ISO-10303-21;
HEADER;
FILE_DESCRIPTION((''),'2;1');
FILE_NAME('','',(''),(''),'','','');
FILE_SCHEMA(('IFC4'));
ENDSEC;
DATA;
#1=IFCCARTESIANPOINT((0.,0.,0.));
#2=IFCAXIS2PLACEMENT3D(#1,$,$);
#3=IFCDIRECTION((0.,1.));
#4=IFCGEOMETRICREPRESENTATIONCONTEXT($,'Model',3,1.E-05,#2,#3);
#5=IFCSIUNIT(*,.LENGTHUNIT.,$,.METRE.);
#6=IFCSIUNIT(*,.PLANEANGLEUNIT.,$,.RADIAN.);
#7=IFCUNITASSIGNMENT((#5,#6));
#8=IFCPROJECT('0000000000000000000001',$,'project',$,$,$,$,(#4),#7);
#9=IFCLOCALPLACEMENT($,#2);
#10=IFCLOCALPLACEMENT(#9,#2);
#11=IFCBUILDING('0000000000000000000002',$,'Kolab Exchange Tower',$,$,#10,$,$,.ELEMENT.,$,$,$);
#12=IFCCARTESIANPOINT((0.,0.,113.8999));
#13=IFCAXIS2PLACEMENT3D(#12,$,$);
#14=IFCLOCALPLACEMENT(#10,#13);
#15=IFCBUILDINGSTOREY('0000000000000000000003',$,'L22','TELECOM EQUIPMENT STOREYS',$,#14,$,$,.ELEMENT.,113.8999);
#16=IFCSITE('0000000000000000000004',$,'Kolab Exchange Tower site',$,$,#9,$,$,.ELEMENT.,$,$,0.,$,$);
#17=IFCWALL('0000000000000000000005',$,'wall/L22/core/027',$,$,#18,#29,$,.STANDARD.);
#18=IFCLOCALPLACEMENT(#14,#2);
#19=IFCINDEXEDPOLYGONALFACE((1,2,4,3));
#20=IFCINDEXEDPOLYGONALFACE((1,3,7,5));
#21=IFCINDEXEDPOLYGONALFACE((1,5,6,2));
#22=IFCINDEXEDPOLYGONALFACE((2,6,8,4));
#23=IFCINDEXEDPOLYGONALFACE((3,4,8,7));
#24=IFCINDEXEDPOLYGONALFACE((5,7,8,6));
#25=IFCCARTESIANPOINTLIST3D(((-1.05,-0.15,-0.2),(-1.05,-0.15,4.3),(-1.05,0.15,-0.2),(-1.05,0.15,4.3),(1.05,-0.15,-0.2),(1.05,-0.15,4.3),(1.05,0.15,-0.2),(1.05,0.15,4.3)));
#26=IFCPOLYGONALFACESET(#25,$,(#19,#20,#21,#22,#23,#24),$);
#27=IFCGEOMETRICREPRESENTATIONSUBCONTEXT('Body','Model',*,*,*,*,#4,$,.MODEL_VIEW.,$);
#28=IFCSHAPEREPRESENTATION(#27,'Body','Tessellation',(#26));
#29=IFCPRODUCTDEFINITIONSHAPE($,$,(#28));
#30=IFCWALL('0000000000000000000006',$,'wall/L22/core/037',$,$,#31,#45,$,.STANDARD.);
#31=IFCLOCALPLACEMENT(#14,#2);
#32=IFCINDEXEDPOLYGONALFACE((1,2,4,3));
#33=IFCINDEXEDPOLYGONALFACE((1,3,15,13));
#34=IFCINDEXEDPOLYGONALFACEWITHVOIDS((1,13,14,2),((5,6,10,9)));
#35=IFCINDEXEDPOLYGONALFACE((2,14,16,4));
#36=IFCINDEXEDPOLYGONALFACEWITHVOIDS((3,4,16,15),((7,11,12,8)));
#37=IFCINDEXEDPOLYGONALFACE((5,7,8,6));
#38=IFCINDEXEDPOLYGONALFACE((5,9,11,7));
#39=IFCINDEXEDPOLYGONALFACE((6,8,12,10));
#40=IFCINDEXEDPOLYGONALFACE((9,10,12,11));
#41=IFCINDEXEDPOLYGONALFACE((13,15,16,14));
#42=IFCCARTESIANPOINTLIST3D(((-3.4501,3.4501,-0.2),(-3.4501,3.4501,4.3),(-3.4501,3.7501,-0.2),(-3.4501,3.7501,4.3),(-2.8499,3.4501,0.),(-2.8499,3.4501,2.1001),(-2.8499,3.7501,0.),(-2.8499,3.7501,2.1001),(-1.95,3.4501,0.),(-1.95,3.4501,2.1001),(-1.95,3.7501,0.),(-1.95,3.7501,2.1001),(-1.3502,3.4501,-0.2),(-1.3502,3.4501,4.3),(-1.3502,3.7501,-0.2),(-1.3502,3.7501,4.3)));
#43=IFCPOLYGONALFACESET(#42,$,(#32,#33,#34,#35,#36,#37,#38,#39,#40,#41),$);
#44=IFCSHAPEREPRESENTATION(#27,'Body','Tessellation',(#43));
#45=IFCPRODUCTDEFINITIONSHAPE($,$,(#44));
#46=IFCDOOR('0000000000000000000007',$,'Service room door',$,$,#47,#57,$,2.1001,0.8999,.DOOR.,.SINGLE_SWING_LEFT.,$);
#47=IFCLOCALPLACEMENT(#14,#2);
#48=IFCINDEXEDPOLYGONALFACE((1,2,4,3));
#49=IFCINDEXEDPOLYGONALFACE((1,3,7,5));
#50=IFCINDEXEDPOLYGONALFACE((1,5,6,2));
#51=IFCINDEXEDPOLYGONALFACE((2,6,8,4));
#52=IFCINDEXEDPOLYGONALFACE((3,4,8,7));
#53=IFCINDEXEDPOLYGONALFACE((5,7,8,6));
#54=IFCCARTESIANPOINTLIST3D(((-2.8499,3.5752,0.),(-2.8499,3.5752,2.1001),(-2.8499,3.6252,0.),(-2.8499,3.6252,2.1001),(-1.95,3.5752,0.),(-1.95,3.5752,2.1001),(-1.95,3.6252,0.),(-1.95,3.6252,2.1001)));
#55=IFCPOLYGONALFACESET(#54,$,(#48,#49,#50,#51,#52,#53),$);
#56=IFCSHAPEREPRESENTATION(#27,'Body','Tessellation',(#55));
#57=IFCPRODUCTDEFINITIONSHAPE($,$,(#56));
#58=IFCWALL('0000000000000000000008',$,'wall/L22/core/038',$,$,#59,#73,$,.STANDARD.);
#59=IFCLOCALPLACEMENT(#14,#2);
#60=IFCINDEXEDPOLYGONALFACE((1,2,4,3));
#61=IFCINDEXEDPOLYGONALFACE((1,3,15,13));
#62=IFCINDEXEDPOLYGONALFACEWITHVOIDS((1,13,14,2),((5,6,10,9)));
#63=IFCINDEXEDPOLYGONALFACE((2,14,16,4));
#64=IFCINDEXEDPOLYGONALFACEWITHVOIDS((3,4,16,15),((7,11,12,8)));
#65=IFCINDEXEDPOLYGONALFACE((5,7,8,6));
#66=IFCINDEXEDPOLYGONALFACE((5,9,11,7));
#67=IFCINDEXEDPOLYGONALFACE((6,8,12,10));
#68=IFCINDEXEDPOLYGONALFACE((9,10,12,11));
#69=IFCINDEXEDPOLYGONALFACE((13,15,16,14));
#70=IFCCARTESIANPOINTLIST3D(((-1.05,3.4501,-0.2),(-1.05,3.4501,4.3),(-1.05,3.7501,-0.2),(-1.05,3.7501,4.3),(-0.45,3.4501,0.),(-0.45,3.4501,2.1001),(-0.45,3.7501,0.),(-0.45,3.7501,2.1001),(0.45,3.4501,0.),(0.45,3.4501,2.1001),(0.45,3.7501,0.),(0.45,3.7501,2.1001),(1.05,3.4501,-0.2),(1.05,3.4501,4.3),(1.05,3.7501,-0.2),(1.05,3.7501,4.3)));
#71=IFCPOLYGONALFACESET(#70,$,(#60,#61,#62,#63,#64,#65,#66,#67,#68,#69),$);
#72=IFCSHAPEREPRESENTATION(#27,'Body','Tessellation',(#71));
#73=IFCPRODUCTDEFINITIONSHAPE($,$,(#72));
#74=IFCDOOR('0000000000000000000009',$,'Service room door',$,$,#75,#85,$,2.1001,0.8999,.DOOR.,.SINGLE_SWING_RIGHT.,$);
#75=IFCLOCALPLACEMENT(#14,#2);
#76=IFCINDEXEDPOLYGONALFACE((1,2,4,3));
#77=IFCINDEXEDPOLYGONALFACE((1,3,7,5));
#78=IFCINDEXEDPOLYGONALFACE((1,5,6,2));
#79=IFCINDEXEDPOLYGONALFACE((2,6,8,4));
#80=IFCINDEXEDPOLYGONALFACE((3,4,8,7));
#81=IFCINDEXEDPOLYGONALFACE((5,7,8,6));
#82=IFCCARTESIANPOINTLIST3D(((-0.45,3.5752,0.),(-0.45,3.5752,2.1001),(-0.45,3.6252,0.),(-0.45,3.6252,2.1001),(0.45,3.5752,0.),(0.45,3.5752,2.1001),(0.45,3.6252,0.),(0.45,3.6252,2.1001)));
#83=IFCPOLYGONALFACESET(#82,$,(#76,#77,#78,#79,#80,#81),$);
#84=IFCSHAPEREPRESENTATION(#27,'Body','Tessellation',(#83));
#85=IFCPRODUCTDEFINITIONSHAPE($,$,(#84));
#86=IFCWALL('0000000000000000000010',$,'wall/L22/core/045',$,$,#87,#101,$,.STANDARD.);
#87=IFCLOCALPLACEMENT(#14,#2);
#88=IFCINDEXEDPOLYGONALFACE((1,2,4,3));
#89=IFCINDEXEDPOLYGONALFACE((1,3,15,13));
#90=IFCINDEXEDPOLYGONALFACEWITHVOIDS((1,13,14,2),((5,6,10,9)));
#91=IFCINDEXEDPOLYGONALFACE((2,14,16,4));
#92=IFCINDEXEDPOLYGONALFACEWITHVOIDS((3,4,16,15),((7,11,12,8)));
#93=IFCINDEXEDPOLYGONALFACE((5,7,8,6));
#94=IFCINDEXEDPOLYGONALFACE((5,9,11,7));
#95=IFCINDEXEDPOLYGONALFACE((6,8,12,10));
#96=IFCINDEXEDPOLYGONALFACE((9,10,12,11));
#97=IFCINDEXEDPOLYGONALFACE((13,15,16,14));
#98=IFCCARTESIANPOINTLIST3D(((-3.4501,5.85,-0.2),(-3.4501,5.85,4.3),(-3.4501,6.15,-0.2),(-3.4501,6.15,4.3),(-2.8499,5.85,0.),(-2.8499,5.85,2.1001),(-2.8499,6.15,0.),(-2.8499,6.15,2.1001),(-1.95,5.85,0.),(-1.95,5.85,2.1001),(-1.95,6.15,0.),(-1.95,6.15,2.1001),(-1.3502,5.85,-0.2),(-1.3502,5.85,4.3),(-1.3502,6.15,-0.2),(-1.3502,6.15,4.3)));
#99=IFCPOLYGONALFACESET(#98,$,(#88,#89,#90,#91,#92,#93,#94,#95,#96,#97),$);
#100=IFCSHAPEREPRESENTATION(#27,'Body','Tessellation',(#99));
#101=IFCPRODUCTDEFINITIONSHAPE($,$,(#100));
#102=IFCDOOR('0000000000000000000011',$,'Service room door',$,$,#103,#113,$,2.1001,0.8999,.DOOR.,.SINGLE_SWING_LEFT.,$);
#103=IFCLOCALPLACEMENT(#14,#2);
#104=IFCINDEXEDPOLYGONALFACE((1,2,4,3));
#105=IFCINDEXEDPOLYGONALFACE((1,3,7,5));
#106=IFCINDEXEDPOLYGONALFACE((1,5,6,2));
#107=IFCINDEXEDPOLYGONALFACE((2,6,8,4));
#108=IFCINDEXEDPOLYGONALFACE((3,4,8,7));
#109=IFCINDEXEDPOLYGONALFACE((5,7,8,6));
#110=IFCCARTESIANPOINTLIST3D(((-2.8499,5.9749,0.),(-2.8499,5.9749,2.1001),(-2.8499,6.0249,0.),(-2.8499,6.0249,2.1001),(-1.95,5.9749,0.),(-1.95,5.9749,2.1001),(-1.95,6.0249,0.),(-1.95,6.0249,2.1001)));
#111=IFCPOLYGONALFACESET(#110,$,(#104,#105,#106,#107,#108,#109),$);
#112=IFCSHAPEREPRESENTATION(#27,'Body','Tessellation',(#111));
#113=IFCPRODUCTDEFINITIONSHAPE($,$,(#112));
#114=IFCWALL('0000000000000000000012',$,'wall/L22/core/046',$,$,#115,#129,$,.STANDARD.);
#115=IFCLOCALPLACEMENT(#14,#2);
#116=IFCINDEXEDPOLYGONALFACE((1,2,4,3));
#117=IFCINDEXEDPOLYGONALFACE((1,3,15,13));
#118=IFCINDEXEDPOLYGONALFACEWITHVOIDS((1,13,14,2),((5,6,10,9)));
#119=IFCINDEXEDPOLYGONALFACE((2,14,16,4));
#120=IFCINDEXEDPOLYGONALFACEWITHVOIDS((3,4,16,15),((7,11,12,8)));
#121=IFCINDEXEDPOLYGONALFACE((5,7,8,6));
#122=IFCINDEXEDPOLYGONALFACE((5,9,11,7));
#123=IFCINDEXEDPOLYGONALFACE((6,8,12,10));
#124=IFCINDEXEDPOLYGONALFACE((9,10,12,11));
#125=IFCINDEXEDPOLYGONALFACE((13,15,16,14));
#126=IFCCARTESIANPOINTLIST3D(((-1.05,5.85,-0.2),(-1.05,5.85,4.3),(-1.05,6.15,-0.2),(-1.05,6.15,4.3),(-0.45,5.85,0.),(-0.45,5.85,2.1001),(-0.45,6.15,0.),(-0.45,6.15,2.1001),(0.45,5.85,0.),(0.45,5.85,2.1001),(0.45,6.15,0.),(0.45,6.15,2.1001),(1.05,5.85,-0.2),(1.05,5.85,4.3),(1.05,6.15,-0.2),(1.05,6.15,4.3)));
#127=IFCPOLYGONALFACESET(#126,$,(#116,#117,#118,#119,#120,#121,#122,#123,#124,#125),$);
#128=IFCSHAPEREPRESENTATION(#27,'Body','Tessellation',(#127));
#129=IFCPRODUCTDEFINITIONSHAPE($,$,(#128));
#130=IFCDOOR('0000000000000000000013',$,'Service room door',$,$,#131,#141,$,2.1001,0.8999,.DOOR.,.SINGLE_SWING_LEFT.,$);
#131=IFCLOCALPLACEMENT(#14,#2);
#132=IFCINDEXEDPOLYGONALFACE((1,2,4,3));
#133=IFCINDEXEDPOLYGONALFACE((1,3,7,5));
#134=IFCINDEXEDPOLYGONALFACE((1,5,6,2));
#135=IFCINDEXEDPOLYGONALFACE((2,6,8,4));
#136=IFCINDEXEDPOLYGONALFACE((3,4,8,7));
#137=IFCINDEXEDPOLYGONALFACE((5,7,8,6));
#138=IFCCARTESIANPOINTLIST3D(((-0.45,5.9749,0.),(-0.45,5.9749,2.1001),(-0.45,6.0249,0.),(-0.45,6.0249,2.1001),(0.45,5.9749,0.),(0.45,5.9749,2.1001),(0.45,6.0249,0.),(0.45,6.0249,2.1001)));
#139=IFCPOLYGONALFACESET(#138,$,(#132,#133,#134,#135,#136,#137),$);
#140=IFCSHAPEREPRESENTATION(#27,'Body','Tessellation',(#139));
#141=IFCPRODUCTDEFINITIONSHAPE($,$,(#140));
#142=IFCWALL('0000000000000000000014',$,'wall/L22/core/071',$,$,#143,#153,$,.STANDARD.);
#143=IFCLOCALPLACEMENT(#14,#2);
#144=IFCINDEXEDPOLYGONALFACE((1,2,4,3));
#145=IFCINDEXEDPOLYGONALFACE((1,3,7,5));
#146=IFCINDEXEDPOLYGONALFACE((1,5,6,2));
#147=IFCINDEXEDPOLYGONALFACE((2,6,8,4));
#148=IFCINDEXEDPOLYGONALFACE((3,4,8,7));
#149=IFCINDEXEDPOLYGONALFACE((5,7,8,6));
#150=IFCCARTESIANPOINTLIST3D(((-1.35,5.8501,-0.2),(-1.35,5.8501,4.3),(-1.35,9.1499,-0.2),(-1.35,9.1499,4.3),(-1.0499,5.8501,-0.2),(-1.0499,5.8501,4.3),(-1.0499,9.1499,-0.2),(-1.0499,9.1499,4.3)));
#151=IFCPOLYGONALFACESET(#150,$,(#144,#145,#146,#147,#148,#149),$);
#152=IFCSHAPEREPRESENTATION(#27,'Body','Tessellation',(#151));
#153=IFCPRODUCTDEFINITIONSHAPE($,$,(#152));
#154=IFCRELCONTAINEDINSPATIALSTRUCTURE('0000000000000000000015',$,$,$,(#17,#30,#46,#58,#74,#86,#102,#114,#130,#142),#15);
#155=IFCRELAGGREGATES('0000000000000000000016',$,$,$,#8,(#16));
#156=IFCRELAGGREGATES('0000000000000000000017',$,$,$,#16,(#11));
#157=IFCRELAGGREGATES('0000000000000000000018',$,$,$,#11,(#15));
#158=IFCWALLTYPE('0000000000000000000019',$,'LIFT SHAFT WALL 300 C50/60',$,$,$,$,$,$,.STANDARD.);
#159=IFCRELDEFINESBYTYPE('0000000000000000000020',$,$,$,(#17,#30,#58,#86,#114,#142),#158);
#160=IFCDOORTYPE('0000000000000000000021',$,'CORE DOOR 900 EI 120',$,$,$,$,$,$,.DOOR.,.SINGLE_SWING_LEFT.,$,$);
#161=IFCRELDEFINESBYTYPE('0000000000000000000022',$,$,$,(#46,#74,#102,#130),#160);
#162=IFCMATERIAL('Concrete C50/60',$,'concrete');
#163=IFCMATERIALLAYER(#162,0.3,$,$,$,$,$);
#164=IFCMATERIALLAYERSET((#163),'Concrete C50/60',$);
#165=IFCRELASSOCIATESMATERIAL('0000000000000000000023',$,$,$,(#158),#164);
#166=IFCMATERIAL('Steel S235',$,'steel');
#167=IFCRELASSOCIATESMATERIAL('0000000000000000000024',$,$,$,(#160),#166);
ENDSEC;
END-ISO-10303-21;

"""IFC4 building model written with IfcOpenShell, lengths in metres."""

from ifc_helpers import new_model, si_unit, direction, frame, frame_2d, origin, place, context, subcontext, project, spatial, rectangle, extrude, material, layer, layer_set, type_object, element, fill, save


model = new_model("IFC4")

# Units and contexts
model_context = context("Model", 3, precision=1e-05, world=origin(), true_north=direction((0.0, 1.0)))
body_context = subcontext(model_context, "Body", "Model", "MODEL_VIEW")
ifc_project = project(units=[si_unit("LENGTHUNIT", "METRE"), si_unit("PLANEANGLEUNIT", "RADIAN")], contexts=[model_context])

# Site, building, storey
site_placement = place(None, origin())
site = spatial("IfcSite", under=ifc_project, at=site_placement, Name="Kolab Exchange Tower site", CompositionType="ELEMENT", RefElevation=0.0)
building_placement = place(site_placement, origin())
building = spatial("IfcBuilding", under=site, at=building_placement, Name="Kolab Exchange Tower", CompositionType="ELEMENT")
storey_placement = place(building_placement, frame((0.0, 0.0, 113.8999)))
storey = spatial("IfcBuildingStorey", under=building, at=storey_placement, Name="L22", Description="TELECOM EQUIPMENT STOREYS", CompositionType="ELEMENT", Elevation=113.8999)

# Wall
ifc_material_1 = material(Name="Concrete C50/60", Category="concrete")
ifc_layer_1 = layer(ifc_material_1, 0.3)
ifc_layer_set_1 = layer_set([ifc_layer_1], Name="Concrete C50/60")
wall_type = type_object("IfcWallType", Name="LIFT SHAFT WALL 300 C50/60", PredefinedType="STANDARD", material=ifc_layer_set_1)
wall_1_placement = place(storey_placement, frame((-1.05, 0.0, -0.2), z_axis=(0.0, 0.0, 1.0), x_axis=(1.0, 0.0, 0.0)))
element("IfcWall", 1, at=wall_1_placement, inside=storey, type_object=wall_type, Name="wall/L22/core/027", PredefinedType="STANDARD", context=body_context, shape_type="SweptSolid", body=[
    extrude(rectangle(XDim=2.1001, YDim=0.3, at=frame_2d((1.05, 0.0))), origin(), (0.0, 0.0, 1.0), 4.5),
])

# Walls, openings, doors
wall_2_placement = place(storey_placement, frame((-3.45, 3.6001, -0.2), z_axis=(0.0, 0.0, 1.0), x_axis=(1.0, 0.0, 0.0)))
wall_2 = element("IfcWall", 2, at=wall_2_placement, inside=storey, type_object=wall_type, Name="wall/L22/core/037", PredefinedType="STANDARD", context=body_context, shape_type="SweptSolid", body=[
    extrude(rectangle(XDim=2.0999, YDim=0.3, at=frame_2d((1.0498, 0.0))), origin(), (0.0, 0.0, 1.0), 4.5),
])
opening_1_placement = place(wall_2_placement, frame((0.6001, 0.0, 0.2)))
opening_1 = element("IfcOpeningElement", 3, at=opening_1_placement, cuts=wall_2, PredefinedType="OPENING", context=body_context, shape_type="SweptSolid", body=[
    extrude(rectangle(XDim=0.8999, YDim=2.1001, at=frame_2d((0.45, 1.05))), frame((0.0, 0.1602, 0.0), z_axis=(0.0, -1.0, 0.0), x_axis=(1.0, 0.0, 0.0)), (0.0, 0.0, 1.0), 0.3201),
])
ifc_material_2 = material(Name="Steel S235", Category="steel")
door_type = type_object("IfcDoorType", Name="CORE DOOR 900 EI 120", OperationType="SINGLE_SWING_LEFT", PredefinedType="DOOR", material=ifc_material_2)
door_1_placement = place(opening_1_placement, frame((0.8999, 0.0, 0.0), z_axis=(0.0, 0.0, 1.0), x_axis=(-1.0, 0.0, 0.0)))
door_1 = element("IfcDoor", 4, at=door_1_placement, inside=storey, type_object=door_type, Name="Service room door", OperationType="SINGLE_SWING_LEFT", OverallHeight=2.1001, OverallWidth=0.8999, PredefinedType="DOOR", context=body_context, shape_type="SweptSolid", body=[
    extrude(rectangle(XDim=0.8999, YDim=2.1001, at=frame_2d((0.45, 1.05))), frame((0.0, 0.0249, 0.0), z_axis=(0.0, -1.0, 0.0), x_axis=(1.0, 0.0, 0.0)), (0.0, 0.0, 1.0), 0.05),
])
fill(opening_1, door_1)
wall_3_placement = place(storey_placement, frame((-1.05, 3.6001, -0.2), z_axis=(0.0, 0.0, 1.0), x_axis=(1.0, 0.0, 0.0)))
wall_3 = element("IfcWall", 5, at=wall_3_placement, inside=storey, type_object=wall_type, Name="wall/L22/core/038", PredefinedType="STANDARD", context=body_context, shape_type="SweptSolid", body=[
    extrude(rectangle(XDim=2.1001, YDim=0.3, at=frame_2d((1.05, 0.0))), origin(), (0.0, 0.0, 1.0), 4.5),
])
opening_2_placement = place(wall_3_placement, frame((0.6001, 0.0, 0.2)))
opening_2 = element("IfcOpeningElement", 6, at=opening_2_placement, cuts=wall_3, PredefinedType="OPENING", context=body_context, shape_type="SweptSolid", body=[
    extrude(rectangle(XDim=0.8999, YDim=2.1001, at=frame_2d((0.45, 1.05))), frame((0.0, 0.1602, 0.0), z_axis=(0.0, -1.0, 0.0), x_axis=(1.0, 0.0, 0.0)), (0.0, 0.0, 1.0), 0.3201),
])
door_2_placement = place(opening_2_placement, frame((0.8999, 0.0, 0.0), z_axis=(0.0, 0.0, 1.0), x_axis=(-1.0, 0.0, 0.0)))
door_2 = element("IfcDoor", 7, at=door_2_placement, inside=storey, type_object=door_type, Name="Service room door", OperationType="SINGLE_SWING_RIGHT", OverallHeight=2.1001, OverallWidth=0.8999, PredefinedType="DOOR", context=body_context, shape_type="SweptSolid", body=[
    extrude(rectangle(XDim=0.8999, YDim=2.1001, at=frame_2d((0.45, 1.05))), frame((0.0, 0.0249, 0.0), z_axis=(0.0, -1.0, 0.0), x_axis=(1.0, 0.0, 0.0)), (0.0, 0.0, 1.0), 0.05),
])
fill(opening_2, door_2)
wall_4_placement = place(storey_placement, frame((-3.45, 6.0, -0.2), z_axis=(0.0, 0.0, 1.0), x_axis=(1.0, 0.0, 0.0)))
wall_4 = element("IfcWall", 8, at=wall_4_placement, inside=storey, type_object=wall_type, Name="wall/L22/core/045", PredefinedType="STANDARD", context=body_context, shape_type="SweptSolid", body=[
    extrude(rectangle(XDim=2.0999, YDim=0.3, at=frame_2d((1.0498, 0.0))), origin(), (0.0, 0.0, 1.0), 4.5),
])
opening_3_placement = place(wall_4_placement, frame((0.6001, 0.0, 0.2)))
opening_3 = element("IfcOpeningElement", 9, at=opening_3_placement, cuts=wall_4, PredefinedType="OPENING", context=body_context, shape_type="SweptSolid", body=[
    extrude(rectangle(XDim=0.8999, YDim=2.1001, at=frame_2d((0.45, 1.05))), frame((0.0, 0.1602, 0.0), z_axis=(0.0, -1.0, 0.0), x_axis=(1.0, 0.0, 0.0)), (0.0, 0.0, 1.0), 0.3201),
])
door_3_placement = place(opening_3_placement, origin())
door_3 = element("IfcDoor", 10, at=door_3_placement, inside=storey, type_object=door_type, Name="Service room door", OperationType="SINGLE_SWING_LEFT", OverallHeight=2.1001, OverallWidth=0.8999, PredefinedType="DOOR", context=body_context, shape_type="SweptSolid", body=[
    extrude(rectangle(XDim=0.8999, YDim=2.1001, at=frame_2d((0.45, 1.05))), frame((0.0, 0.0249, 0.0), z_axis=(0.0, -1.0, 0.0), x_axis=(1.0, 0.0, 0.0)), (0.0, 0.0, 1.0), 0.05),
])
fill(opening_3, door_3)
wall_5_placement = place(storey_placement, frame((-1.05, 6.0, -0.2), z_axis=(0.0, 0.0, 1.0), x_axis=(1.0, 0.0, 0.0)))
wall_5 = element("IfcWall", 11, at=wall_5_placement, inside=storey, type_object=wall_type, Name="wall/L22/core/046", PredefinedType="STANDARD", context=body_context, shape_type="SweptSolid", body=[
    extrude(rectangle(XDim=2.1001, YDim=0.3, at=frame_2d((1.05, 0.0))), origin(), (0.0, 0.0, 1.0), 4.5),
])
opening_4_placement = place(wall_5_placement, frame((0.6001, 0.0, 0.2)))
opening_4 = element("IfcOpeningElement", 12, at=opening_4_placement, cuts=wall_5, PredefinedType="OPENING", context=body_context, shape_type="SweptSolid", body=[
    extrude(rectangle(XDim=0.8999, YDim=2.1001, at=frame_2d((0.45, 1.05))), frame((0.0, 0.1602, 0.0), z_axis=(0.0, -1.0, 0.0), x_axis=(1.0, 0.0, 0.0)), (0.0, 0.0, 1.0), 0.3201),
])
door_4_placement = place(opening_4_placement, origin())
door_4 = element("IfcDoor", 13, at=door_4_placement, inside=storey, type_object=door_type, Name="Service room door", OperationType="SINGLE_SWING_LEFT", OverallHeight=2.1001, OverallWidth=0.8999, PredefinedType="DOOR", context=body_context, shape_type="SweptSolid", body=[
    extrude(rectangle(XDim=0.8999, YDim=2.1001, at=frame_2d((0.45, 1.05))), frame((0.0, 0.0249, 0.0), z_axis=(0.0, -1.0, 0.0), x_axis=(1.0, 0.0, 0.0)), (0.0, 0.0, 1.0), 0.05),
])
fill(opening_4, door_4)

# Wall
wall_6_placement = place(storey_placement, frame((-1.2, 5.8501, -0.2), z_axis=(0.0, 0.0, 1.0), x_axis=(0.0, 1.0, 0.0)))
element("IfcWall", 14, at=wall_6_placement, inside=storey, type_object=wall_type, Name="wall/L22/core/071", PredefinedType="STANDARD", context=body_context, shape_type="SweptSolid", body=[
    extrude(rectangle(XDim=3.2998, YDim=0.3, at=frame_2d((1.6499, 0.0))), origin(), (0.0, 0.0, 1.0), 4.5),
])

save(model, "model.ifc")
